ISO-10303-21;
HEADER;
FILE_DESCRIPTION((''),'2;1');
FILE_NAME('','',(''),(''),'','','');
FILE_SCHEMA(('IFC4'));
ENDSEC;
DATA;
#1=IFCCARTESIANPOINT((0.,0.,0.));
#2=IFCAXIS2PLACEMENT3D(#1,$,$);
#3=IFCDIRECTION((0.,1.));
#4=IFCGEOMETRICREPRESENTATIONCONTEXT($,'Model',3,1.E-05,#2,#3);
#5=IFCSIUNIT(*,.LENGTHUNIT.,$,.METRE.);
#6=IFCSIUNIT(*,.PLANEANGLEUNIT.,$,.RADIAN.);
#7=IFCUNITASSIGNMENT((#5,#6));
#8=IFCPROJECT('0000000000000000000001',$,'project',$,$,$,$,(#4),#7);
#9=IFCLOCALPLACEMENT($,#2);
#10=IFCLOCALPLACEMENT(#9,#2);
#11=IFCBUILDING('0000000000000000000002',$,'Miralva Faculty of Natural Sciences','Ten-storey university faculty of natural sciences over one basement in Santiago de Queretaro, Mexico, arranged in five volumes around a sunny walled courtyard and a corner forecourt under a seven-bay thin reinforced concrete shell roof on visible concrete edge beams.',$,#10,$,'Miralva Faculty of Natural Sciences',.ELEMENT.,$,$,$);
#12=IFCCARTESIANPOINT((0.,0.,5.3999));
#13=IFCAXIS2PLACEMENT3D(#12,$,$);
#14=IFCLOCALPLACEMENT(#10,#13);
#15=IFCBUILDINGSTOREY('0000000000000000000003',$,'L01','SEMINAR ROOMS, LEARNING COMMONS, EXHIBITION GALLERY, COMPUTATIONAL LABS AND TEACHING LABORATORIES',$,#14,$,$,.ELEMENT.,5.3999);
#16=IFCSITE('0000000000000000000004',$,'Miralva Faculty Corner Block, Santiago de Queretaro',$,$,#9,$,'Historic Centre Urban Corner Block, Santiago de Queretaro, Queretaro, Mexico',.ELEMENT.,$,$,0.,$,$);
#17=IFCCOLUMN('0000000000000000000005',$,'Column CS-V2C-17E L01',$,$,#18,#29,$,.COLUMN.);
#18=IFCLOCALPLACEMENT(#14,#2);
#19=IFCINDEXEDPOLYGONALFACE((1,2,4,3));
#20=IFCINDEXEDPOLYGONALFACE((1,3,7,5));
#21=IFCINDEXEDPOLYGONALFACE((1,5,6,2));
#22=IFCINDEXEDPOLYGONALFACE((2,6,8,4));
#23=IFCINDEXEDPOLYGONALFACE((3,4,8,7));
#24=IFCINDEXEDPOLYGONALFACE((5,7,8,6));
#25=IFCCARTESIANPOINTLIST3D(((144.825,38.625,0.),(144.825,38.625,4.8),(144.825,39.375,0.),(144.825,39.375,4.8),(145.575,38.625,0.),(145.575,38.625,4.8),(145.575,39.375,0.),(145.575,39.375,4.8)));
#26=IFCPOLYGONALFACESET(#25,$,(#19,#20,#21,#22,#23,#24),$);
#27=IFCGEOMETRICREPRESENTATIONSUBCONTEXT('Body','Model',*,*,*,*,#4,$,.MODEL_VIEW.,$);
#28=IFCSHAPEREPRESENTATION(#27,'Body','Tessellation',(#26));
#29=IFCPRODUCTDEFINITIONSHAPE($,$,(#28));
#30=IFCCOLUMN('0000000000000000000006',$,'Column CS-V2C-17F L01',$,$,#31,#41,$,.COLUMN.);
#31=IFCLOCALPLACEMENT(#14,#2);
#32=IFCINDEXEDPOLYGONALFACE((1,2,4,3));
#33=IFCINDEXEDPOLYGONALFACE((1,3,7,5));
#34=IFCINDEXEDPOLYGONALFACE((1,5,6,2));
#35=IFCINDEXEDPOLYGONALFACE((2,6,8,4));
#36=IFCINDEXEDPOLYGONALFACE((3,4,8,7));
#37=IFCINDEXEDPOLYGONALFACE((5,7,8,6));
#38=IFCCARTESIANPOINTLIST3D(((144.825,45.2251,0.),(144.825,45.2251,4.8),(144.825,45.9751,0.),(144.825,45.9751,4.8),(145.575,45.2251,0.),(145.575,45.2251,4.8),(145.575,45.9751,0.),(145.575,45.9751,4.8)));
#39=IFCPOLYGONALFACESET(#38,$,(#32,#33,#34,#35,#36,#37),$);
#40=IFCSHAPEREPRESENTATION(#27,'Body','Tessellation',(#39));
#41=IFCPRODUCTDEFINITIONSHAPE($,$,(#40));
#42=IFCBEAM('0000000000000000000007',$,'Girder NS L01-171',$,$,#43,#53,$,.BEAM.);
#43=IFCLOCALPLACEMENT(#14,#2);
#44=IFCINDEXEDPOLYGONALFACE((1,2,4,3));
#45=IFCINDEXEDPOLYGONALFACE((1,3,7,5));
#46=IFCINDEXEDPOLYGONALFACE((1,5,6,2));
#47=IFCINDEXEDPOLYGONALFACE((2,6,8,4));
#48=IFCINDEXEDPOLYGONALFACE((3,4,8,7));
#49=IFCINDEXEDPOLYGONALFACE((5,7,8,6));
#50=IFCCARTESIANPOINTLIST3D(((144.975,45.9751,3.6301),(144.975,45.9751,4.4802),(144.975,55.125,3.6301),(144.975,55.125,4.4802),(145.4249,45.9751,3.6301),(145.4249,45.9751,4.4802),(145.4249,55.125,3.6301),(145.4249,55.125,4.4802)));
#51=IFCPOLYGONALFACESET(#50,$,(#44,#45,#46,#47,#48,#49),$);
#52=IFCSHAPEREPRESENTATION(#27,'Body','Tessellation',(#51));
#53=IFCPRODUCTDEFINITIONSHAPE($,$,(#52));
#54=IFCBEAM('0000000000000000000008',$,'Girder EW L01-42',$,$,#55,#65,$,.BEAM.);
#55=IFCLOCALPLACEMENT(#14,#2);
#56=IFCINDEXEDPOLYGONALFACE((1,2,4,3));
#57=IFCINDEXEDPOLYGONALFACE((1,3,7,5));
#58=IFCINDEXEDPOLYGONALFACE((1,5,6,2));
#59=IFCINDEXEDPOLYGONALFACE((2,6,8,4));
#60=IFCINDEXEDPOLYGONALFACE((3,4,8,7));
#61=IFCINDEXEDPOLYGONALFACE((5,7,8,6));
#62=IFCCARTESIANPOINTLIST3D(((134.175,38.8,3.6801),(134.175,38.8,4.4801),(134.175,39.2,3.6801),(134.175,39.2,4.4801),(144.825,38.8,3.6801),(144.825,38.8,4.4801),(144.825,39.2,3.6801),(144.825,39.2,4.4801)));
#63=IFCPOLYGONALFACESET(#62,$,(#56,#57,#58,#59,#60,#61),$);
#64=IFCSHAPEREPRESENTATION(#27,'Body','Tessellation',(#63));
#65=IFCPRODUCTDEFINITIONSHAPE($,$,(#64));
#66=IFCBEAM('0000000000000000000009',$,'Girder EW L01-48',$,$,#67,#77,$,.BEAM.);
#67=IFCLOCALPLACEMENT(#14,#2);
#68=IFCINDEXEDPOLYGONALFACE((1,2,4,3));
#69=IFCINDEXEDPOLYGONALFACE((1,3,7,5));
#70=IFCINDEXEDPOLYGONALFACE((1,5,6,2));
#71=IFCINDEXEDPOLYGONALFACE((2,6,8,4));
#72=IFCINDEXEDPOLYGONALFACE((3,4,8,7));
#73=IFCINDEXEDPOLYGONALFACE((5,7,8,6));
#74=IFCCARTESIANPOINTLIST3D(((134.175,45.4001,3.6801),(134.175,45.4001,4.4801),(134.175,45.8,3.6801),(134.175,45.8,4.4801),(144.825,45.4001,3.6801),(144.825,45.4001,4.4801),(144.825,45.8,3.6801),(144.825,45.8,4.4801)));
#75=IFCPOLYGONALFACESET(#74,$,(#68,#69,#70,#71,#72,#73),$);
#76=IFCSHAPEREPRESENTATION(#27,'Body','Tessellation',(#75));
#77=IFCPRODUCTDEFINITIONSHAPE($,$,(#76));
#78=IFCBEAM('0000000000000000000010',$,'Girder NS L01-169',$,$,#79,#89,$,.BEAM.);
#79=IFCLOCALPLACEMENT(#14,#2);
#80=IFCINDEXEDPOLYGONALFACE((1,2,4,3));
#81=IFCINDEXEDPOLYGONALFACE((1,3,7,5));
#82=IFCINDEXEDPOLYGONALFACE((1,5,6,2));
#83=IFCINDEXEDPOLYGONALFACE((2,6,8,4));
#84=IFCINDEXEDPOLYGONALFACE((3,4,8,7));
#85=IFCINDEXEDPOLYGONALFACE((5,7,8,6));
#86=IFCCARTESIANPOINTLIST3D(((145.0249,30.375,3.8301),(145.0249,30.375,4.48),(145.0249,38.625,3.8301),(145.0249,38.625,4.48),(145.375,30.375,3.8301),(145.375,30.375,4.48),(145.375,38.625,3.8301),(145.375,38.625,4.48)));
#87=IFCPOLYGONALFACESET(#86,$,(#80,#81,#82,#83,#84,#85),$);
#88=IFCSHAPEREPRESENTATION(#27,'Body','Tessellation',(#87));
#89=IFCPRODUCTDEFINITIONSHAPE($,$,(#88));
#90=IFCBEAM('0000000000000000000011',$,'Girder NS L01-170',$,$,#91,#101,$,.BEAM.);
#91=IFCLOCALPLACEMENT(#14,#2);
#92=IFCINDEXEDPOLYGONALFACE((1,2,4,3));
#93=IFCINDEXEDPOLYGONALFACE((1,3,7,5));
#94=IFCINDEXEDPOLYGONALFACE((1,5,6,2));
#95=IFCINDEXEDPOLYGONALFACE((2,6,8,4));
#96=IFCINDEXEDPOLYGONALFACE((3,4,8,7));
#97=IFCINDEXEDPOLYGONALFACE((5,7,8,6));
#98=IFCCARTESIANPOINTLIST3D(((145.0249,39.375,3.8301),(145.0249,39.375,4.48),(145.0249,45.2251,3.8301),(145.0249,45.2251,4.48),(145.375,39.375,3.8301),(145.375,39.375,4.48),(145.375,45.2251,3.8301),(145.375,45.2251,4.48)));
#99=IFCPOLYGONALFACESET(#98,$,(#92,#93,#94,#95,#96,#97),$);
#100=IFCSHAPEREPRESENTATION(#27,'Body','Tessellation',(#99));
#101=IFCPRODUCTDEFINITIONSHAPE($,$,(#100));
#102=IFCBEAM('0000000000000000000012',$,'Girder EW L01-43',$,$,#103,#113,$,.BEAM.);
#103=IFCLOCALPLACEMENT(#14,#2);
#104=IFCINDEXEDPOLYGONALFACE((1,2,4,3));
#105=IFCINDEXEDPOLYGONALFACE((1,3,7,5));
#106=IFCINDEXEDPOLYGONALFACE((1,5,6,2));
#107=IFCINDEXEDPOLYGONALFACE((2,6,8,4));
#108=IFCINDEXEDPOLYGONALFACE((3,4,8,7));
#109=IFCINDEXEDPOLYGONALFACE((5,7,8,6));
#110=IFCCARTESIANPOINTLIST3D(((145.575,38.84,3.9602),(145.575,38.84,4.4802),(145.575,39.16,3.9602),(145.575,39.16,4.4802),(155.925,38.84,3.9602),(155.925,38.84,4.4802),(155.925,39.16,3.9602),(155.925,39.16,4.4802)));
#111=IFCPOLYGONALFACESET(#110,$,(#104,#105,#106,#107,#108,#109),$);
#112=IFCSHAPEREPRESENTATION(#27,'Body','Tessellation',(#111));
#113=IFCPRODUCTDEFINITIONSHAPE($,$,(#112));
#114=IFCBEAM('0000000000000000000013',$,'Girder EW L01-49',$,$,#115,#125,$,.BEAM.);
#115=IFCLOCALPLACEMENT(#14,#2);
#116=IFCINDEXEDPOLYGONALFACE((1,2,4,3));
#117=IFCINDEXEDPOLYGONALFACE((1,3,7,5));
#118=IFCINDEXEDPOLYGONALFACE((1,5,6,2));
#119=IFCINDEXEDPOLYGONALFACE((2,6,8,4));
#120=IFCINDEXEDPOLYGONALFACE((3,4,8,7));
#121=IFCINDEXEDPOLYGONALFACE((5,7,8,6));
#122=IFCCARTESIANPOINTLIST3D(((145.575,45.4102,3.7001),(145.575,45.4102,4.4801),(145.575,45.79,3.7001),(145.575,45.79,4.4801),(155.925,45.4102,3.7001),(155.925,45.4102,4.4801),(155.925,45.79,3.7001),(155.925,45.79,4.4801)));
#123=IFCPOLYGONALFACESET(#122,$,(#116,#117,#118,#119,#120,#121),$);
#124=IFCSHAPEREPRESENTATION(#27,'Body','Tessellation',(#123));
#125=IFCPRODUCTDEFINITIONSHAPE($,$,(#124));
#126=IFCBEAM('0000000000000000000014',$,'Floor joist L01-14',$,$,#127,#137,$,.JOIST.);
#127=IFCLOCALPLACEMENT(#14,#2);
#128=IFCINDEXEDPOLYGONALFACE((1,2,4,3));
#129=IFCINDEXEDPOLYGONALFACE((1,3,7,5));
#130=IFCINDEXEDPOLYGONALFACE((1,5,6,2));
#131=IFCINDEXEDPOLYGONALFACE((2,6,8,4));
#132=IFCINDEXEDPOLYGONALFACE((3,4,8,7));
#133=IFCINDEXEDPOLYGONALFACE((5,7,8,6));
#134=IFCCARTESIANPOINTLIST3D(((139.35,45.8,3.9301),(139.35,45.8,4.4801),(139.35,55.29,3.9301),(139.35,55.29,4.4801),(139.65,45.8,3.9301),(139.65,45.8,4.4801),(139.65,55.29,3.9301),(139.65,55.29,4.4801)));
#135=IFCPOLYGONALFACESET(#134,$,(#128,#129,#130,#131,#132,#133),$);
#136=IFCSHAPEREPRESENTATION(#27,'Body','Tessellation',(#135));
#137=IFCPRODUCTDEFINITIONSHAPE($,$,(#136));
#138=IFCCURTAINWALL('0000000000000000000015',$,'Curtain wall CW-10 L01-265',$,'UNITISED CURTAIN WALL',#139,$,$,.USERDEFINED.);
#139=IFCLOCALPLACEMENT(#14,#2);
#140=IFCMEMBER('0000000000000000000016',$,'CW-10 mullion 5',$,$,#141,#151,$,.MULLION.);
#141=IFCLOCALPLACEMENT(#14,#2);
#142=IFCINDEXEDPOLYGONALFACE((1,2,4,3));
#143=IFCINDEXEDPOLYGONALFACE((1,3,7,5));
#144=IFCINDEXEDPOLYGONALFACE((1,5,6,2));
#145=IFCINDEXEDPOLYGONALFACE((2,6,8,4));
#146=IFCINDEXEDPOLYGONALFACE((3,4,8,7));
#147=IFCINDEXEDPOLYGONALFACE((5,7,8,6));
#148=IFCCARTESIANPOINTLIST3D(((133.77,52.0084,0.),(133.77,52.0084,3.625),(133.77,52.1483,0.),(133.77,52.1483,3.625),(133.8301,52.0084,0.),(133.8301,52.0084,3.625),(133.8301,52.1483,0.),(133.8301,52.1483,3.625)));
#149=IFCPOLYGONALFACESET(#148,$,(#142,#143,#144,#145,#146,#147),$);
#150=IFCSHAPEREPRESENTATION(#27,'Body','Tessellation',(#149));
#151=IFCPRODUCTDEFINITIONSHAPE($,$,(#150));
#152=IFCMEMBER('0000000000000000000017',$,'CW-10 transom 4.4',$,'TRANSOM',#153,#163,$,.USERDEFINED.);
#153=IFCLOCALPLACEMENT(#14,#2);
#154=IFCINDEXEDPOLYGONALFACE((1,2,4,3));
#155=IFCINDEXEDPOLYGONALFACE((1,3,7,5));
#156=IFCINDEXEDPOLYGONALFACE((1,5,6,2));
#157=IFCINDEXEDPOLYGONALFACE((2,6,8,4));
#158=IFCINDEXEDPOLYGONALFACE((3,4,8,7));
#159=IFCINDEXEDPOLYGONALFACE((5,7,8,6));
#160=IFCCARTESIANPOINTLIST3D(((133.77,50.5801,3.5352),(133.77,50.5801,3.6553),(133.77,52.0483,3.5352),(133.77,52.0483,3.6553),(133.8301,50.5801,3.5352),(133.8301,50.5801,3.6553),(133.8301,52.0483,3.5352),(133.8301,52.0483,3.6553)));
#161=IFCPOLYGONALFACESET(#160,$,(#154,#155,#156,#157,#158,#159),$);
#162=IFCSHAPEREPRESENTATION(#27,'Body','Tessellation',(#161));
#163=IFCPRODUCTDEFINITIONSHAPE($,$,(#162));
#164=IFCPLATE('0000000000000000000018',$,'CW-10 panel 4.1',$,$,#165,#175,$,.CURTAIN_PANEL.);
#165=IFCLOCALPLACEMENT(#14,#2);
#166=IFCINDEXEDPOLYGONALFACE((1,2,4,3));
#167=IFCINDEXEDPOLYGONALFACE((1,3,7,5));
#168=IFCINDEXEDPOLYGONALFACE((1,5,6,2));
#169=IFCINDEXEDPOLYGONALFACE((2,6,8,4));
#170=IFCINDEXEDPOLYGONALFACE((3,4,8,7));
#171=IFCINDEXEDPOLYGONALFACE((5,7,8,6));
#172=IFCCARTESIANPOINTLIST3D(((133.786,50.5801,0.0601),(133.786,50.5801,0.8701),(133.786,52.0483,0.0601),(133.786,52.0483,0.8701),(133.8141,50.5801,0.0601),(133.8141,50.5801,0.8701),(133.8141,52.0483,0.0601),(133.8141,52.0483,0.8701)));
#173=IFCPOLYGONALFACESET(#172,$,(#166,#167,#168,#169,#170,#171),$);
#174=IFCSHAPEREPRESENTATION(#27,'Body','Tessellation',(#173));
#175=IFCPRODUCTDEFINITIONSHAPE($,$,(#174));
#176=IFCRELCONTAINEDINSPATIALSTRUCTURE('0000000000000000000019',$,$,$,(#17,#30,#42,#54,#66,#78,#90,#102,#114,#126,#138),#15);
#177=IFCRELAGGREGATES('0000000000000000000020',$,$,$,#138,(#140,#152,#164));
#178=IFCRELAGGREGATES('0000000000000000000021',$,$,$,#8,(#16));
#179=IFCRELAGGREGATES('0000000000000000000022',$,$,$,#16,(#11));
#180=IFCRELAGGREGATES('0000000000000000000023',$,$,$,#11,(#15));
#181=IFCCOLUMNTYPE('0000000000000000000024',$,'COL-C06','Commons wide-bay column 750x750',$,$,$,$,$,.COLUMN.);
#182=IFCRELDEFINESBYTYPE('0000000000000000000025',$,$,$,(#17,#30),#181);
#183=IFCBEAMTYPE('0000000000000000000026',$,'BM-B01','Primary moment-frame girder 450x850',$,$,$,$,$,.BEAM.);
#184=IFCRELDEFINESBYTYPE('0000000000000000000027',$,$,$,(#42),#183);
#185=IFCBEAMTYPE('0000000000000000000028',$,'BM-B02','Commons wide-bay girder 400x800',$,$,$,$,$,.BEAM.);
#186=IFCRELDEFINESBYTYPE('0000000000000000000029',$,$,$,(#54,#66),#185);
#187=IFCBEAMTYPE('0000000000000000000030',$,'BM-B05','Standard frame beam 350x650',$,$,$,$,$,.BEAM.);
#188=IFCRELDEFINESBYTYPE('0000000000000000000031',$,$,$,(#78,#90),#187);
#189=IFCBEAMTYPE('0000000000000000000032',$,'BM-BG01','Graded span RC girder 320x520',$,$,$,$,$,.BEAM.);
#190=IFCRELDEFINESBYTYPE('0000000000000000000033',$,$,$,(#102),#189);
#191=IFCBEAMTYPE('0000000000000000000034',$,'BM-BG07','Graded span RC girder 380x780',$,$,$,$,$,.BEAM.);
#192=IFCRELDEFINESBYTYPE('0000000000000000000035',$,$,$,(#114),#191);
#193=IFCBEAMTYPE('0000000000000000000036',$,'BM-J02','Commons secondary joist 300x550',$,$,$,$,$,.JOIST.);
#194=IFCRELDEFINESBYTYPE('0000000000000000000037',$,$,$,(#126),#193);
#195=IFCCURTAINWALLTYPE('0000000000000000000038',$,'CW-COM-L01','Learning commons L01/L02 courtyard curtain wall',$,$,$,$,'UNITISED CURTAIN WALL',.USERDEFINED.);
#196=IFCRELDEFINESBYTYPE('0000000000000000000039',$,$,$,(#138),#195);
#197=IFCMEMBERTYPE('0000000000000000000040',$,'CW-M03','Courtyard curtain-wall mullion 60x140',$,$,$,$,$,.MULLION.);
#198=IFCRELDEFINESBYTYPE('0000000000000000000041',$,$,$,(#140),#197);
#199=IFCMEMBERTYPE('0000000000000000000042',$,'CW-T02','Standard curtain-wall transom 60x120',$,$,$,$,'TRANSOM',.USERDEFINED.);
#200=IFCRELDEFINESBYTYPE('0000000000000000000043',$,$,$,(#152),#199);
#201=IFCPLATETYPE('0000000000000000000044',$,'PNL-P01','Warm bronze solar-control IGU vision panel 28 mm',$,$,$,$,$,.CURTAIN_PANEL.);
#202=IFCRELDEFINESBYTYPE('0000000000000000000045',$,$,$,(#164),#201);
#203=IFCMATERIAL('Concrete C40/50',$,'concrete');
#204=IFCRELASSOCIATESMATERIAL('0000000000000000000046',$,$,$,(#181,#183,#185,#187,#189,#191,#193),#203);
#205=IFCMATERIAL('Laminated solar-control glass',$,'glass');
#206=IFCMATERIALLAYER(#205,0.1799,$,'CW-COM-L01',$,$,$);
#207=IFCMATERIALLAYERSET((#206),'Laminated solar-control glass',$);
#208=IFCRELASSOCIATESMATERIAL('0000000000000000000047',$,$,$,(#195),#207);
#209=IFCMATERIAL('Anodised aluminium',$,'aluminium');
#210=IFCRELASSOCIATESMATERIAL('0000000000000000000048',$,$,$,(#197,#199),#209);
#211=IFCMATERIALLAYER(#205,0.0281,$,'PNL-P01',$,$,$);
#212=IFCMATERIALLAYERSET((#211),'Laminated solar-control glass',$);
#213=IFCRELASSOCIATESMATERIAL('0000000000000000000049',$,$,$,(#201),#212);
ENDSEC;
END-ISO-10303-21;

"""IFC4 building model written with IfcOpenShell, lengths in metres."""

from ifc_helpers import new_model, si_unit, direction, frame, origin, origin_2d, place, context, subcontext, project, spatial, rectangle, extrude, material, layer, layer_set, material_profile, profile_set, type_object, element, aggregate, save


model = new_model("IFC4")

# Units and contexts
model_context = context("Model", 3, precision=1e-05, world=origin(), true_north=direction((0.0, 1.0)))
body_context = subcontext(model_context, "Body", "Model", "MODEL_VIEW")
ifc_project = project(units=[si_unit("LENGTHUNIT", "METRE"), si_unit("PLANEANGLEUNIT", "RADIAN")], contexts=[model_context])

# Site, building, storey
site_placement = place(None, origin())
site = spatial("IfcSite", under=ifc_project, at=site_placement, Name="Miralva Faculty Corner Block, Santiago de Queretaro", LongName="Historic Centre Urban Corner Block, Santiago de Queretaro, Queretaro, Mexico", CompositionType="ELEMENT", RefElevation=0.0)
building_placement = place(site_placement, origin())
building = spatial("IfcBuilding", under=site, at=building_placement, Name="Miralva Faculty of Natural Sciences", Description="Ten-storey university faculty of natural sciences over one basement in Santiago de Queretaro, Mexico, arranged in five volumes around a sunny walled courtyard and a corner forecourt under a seven-bay thin reinforced concrete shell roof on visible concrete edge beams.", LongName="Miralva Faculty of Natural Sciences", CompositionType="ELEMENT")
storey_placement = place(building_placement, frame((0.0, 0.0, 5.3999)))
storey = spatial("IfcBuildingStorey", under=building, at=storey_placement, Name="L01", Description="SEMINAR ROOMS, LEARNING COMMONS, EXHIBITION GALLERY, COMPUTATIONAL LABS AND TEACHING LABORATORIES", CompositionType="ELEMENT", Elevation=5.3999)

# Columns
ifc_material_1 = material(Name="Concrete C40/50", Category="concrete")
ifc_material_profile_1 = material_profile(ifc_material_1, rectangle(XDim=0.75, YDim=0.75, at=origin_2d()), Name="RC 750x750")
ifc_profile_set_1 = profile_set([ifc_material_profile_1], Name="Concrete C40/50")
column_type = type_object("IfcColumnType", Name="COL-C06", Description="Commons wide-bay column 750x750", PredefinedType="COLUMN", material=ifc_profile_set_1)
for number, where, z_axis, x_axis, name in (
    (1, (145.2, 39.0, 0.0), (0.0, 0.0, 1.0), (1.0, 0.0, 0.0), "Column CS-V2C-17E L01"),
    (2, (145.2, 45.6001, 0.0), (0.0, 0.0, 1.0), (1.0, 0.0, 0.0), "Column CS-V2C-17F L01"),
):
    element("IfcColumn", number, at=place(storey_placement, frame(where, z_axis=z_axis, x_axis=x_axis)), inside=storey, type_object=column_type, Name=name, PredefinedType="COLUMN", context=body_context, shape_type="SweptSolid", body=[
        extrude(rectangle(XDim=0.75, YDim=0.75, at=origin_2d()), origin(), (0.0, 0.0, 1.0), 4.8),
    ])

# Beams
ifc_material_profile_2 = material_profile(ifc_material_1, rectangle(XDim=0.45, YDim=0.8501, at=origin_2d()), Name="RC 450x850")
ifc_profile_set_2 = profile_set([ifc_material_profile_2], Name="Concrete C40/50")
beam_type_1 = type_object("IfcBeamType", Name="BM-B01", Description="Primary moment-frame girder 450x850", PredefinedType="BEAM", material=ifc_profile_set_2)
beam_1_placement = place(storey_placement, frame((145.2, 45.9751, 4.0552), z_axis=(0.0, 1.0, 0.0), x_axis=(-1.0, 0.0, 0.0)))
element("IfcBeam", 3, at=beam_1_placement, inside=storey, type_object=beam_type_1, Name="Girder NS L01-171", PredefinedType="BEAM", context=body_context, shape_type="SweptSolid", body=[
    extrude(rectangle(XDim=0.45, YDim=0.8501, at=origin_2d()), origin(), (0.0, 0.0, 1.0), 9.1499),
])
ifc_material_profile_3 = material_profile(ifc_material_1, rectangle(XDim=0.3999, YDim=0.8, at=origin_2d()), Name="RC 400x800")
ifc_profile_set_3 = profile_set([ifc_material_profile_3], Name="Concrete C40/50")
beam_type_2 = type_object("IfcBeamType", Name="BM-B02", Description="Commons wide-bay girder 400x800", PredefinedType="BEAM", material=ifc_profile_set_3)
for number, where, z_axis, x_axis, name in (
    (4, (134.175, 39.0, 4.0801), (1.0, 0.0, 0.0), (0.0, 1.0, 0.0), "Girder EW L01-42"),
    (5, (134.175, 45.6001, 4.0801), (1.0, 0.0, 0.0), (0.0, 1.0, 0.0), "Girder EW L01-48"),
):
    element("IfcBeam", number, at=place(storey_placement, frame(where, z_axis=z_axis, x_axis=x_axis)), inside=storey, type_object=beam_type_2, Name=name, PredefinedType="BEAM", context=body_context, shape_type="SweptSolid", body=[
        extrude(rectangle(XDim=0.3999, YDim=0.8, at=origin_2d()), origin(), (0.0, 0.0, 1.0), 10.6499),
    ])
ifc_material_profile_4 = material_profile(ifc_material_1, rectangle(XDim=0.3501, YDim=0.6499, at=origin_2d()), Name="RC 350x650")
ifc_profile_set_4 = profile_set([ifc_material_profile_4], Name="Concrete C40/50")
beam_type_3 = type_object("IfcBeamType", Name="BM-B05", Description="Standard frame beam 350x650", PredefinedType="BEAM", material=ifc_profile_set_4)
beam_2_placement = place(storey_placement, frame((145.2, 30.375, 4.155), z_axis=(0.0, 1.0, 0.0), x_axis=(-1.0, 0.0, 0.0)))
element("IfcBeam", 6, at=beam_2_placement, inside=storey, type_object=beam_type_3, Name="Girder NS L01-169", PredefinedType="BEAM", context=body_context, shape_type="SweptSolid", body=[
    extrude(rectangle(XDim=0.3501, YDim=0.6499, at=origin_2d()), origin(), (0.0, 0.0, 1.0), 8.25),
])
beam_3_placement = place(storey_placement, frame((145.2, 39.375, 4.155), z_axis=(0.0, 1.0, 0.0), x_axis=(-1.0, 0.0, 0.0)))
element("IfcBeam", 7, at=beam_3_placement, inside=storey, type_object=beam_type_3, Name="Girder NS L01-170", PredefinedType="BEAM", context=body_context, shape_type="SweptSolid", body=[
    extrude(rectangle(XDim=0.3501, YDim=0.6499, at=origin_2d()), origin(), (0.0, 0.0, 1.0), 5.8501),
])
ifc_material_profile_5 = material_profile(ifc_material_1, rectangle(XDim=0.3201, YDim=0.52, at=origin_2d()), Name="RC 320x520")
ifc_profile_set_5 = profile_set([ifc_material_profile_5], Name="Concrete C40/50")
beam_type_4 = type_object("IfcBeamType", Name="BM-BG01", Description="Graded span RC girder 320x520", PredefinedType="BEAM", material=ifc_profile_set_5)
beam_4_placement = place(storey_placement, frame((145.575, 39.0, 4.2202), z_axis=(1.0, 0.0, 0.0), x_axis=(0.0, 1.0, 0.0)))
element("IfcBeam", 8, at=beam_4_placement, inside=storey, type_object=beam_type_4, Name="Girder EW L01-43", PredefinedType="BEAM", context=body_context, shape_type="SweptSolid", body=[
    extrude(rectangle(XDim=0.3201, YDim=0.52, at=origin_2d()), origin(), (0.0, 0.0, 1.0), 10.3501),
])
ifc_material_profile_6 = material_profile(ifc_material_1, rectangle(XDim=0.3799, YDim=0.78, at=origin_2d()), Name="RC 380x780")
ifc_profile_set_6 = profile_set([ifc_material_profile_6], Name="Concrete C40/50")
beam_type_5 = type_object("IfcBeamType", Name="BM-BG07", Description="Graded span RC girder 380x780", PredefinedType="BEAM", material=ifc_profile_set_6)
beam_5_placement = place(storey_placement, frame((145.575, 45.6001, 4.0901), z_axis=(1.0, 0.0, 0.0), x_axis=(0.0, 1.0, 0.0)))
element("IfcBeam", 9, at=beam_5_placement, inside=storey, type_object=beam_type_5, Name="Girder EW L01-49", PredefinedType="BEAM", context=body_context, shape_type="SweptSolid", body=[
    extrude(rectangle(XDim=0.3799, YDim=0.78, at=origin_2d()), origin(), (0.0, 0.0, 1.0), 10.3501),
])
ifc_material_profile_7 = material_profile(ifc_material_1, rectangle(XDim=0.3, YDim=0.55, at=origin_2d()), Name="RC 300x550")
ifc_profile_set_7 = profile_set([ifc_material_profile_7], Name="Concrete C40/50")
beam_type_6 = type_object("IfcBeamType", Name="BM-J02", Description="Commons secondary joist 300x550", PredefinedType="JOIST", material=ifc_profile_set_7)
beam_6_placement = place(storey_placement, frame((139.5, 45.8, 4.2051), z_axis=(0.0, 1.0, 0.0), x_axis=(-1.0, 0.0, 0.0)))
element("IfcBeam", 10, at=beam_6_placement, inside=storey, type_object=beam_type_6, Name="Floor joist L01-14", PredefinedType="JOIST", context=body_context, shape_type="SweptSolid", body=[
    extrude(rectangle(XDim=0.3, YDim=0.55, at=origin_2d()), origin(), (0.0, 0.0, 1.0), 9.49),
])

# Curtain wall, members, plate
ifc_material_2 = material(Name="Laminated solar-control glass", Category="glass")
ifc_layer_1 = layer(ifc_material_2, 0.1799, Name="CW-COM-L01")
ifc_layer_set_1 = layer_set([ifc_layer_1], Name="Laminated solar-control glass")
curtain_wall_type = type_object("IfcCurtainWallType", Name="CW-COM-L01", Description="Learning commons L01/L02 courtyard curtain wall", ElementType="UNITISED CURTAIN WALL", PredefinedType="USERDEFINED", material=ifc_layer_set_1)
curtain_wall_placement = place(storey_placement, origin())
curtain_wall = element("IfcCurtainWall", 11, at=curtain_wall_placement, inside=storey, type_object=curtain_wall_type, Name="Curtain wall CW-10 L01-265", ObjectType="UNITISED CURTAIN WALL", PredefinedType="USERDEFINED")
ifc_material_3 = material(Name="Anodised aluminium", Category="aluminium")
ifc_material_profile_8 = material_profile(ifc_material_3, rectangle(XDim=0.0601, YDim=0.1399, at=origin_2d()), Name="MULLION 60x140")
ifc_profile_set_8 = profile_set([ifc_material_profile_8], Name="Anodised aluminium")
member_type_1 = type_object("IfcMemberType", Name="CW-M03", Description="Courtyard curtain-wall mullion 60x140", PredefinedType="MULLION", material=ifc_profile_set_8)
member_1_placement = place(storey_placement, frame((133.8, 52.0784, 0.0), z_axis=(0.0, 0.0, 1.0), x_axis=(-1.0, 0.0, 0.0)))
member_1 = element("IfcMember", 12, at=member_1_placement, type_object=member_type_1, Name="CW-10 mullion 5", PredefinedType="MULLION", context=body_context, shape_type="SweptSolid", body=[
    extrude(rectangle(XDim=0.0601, YDim=0.1399, at=origin_2d()), origin(), (0.0, 0.0, 1.0), 3.625),
])
ifc_material_profile_9 = material_profile(ifc_material_3, rectangle(XDim=0.0601, YDim=0.1201, at=origin_2d()), Name="TRANSOM 60x120")
ifc_profile_set_9 = profile_set([ifc_material_profile_9], Name="Anodised aluminium")
member_type_2 = type_object("IfcMemberType", Name="CW-T02", Description="Standard curtain-wall transom 60x120", ElementType="TRANSOM", PredefinedType="USERDEFINED", material=ifc_profile_set_9)
member_2_placement = place(storey_placement, frame((133.8, 50.5801, 3.5952), z_axis=(0.0, 1.0, 0.0), x_axis=(-1.0, 0.0, 0.0)))
member_2 = element("IfcMember", 13, at=member_2_placement, type_object=member_type_2, Name="CW-10 transom 4.4", ObjectType="TRANSOM", PredefinedType="USERDEFINED", context=body_context, shape_type="SweptSolid", body=[
    extrude(rectangle(XDim=0.0601, YDim=0.1201, at=origin_2d()), origin(), (0.0, 0.0, 1.0), 1.4683),
])
ifc_layer_2 = layer(ifc_material_2, 0.0281, Name="PNL-P01")
ifc_layer_set_2 = layer_set([ifc_layer_2], Name="Laminated solar-control glass")
plate_type = type_object("IfcPlateType", Name="PNL-P01", Description="Warm bronze solar-control IGU vision panel 28 mm", PredefinedType="CURTAIN_PANEL", material=ifc_layer_set_2)
plate_1_placement = place(storey_placement, frame((133.8, 51.3142, 0.0601), z_axis=(0.0, 0.0, 1.0), x_axis=(0.0, 1.0, 0.0)))
plate_1 = element("IfcPlate", 14, at=plate_1_placement, type_object=plate_type, Name="CW-10 panel 4.1", PredefinedType="CURTAIN_PANEL", context=body_context, shape_type="SweptSolid", body=[
    extrude(rectangle(XDim=1.4683, YDim=0.0281, at=origin_2d()), origin(), (0.0, 0.0, 1.0), 0.8101),
])
aggregate(curtain_wall, [member_1, member_2, plate_1])

save(model, "model.ifc")
